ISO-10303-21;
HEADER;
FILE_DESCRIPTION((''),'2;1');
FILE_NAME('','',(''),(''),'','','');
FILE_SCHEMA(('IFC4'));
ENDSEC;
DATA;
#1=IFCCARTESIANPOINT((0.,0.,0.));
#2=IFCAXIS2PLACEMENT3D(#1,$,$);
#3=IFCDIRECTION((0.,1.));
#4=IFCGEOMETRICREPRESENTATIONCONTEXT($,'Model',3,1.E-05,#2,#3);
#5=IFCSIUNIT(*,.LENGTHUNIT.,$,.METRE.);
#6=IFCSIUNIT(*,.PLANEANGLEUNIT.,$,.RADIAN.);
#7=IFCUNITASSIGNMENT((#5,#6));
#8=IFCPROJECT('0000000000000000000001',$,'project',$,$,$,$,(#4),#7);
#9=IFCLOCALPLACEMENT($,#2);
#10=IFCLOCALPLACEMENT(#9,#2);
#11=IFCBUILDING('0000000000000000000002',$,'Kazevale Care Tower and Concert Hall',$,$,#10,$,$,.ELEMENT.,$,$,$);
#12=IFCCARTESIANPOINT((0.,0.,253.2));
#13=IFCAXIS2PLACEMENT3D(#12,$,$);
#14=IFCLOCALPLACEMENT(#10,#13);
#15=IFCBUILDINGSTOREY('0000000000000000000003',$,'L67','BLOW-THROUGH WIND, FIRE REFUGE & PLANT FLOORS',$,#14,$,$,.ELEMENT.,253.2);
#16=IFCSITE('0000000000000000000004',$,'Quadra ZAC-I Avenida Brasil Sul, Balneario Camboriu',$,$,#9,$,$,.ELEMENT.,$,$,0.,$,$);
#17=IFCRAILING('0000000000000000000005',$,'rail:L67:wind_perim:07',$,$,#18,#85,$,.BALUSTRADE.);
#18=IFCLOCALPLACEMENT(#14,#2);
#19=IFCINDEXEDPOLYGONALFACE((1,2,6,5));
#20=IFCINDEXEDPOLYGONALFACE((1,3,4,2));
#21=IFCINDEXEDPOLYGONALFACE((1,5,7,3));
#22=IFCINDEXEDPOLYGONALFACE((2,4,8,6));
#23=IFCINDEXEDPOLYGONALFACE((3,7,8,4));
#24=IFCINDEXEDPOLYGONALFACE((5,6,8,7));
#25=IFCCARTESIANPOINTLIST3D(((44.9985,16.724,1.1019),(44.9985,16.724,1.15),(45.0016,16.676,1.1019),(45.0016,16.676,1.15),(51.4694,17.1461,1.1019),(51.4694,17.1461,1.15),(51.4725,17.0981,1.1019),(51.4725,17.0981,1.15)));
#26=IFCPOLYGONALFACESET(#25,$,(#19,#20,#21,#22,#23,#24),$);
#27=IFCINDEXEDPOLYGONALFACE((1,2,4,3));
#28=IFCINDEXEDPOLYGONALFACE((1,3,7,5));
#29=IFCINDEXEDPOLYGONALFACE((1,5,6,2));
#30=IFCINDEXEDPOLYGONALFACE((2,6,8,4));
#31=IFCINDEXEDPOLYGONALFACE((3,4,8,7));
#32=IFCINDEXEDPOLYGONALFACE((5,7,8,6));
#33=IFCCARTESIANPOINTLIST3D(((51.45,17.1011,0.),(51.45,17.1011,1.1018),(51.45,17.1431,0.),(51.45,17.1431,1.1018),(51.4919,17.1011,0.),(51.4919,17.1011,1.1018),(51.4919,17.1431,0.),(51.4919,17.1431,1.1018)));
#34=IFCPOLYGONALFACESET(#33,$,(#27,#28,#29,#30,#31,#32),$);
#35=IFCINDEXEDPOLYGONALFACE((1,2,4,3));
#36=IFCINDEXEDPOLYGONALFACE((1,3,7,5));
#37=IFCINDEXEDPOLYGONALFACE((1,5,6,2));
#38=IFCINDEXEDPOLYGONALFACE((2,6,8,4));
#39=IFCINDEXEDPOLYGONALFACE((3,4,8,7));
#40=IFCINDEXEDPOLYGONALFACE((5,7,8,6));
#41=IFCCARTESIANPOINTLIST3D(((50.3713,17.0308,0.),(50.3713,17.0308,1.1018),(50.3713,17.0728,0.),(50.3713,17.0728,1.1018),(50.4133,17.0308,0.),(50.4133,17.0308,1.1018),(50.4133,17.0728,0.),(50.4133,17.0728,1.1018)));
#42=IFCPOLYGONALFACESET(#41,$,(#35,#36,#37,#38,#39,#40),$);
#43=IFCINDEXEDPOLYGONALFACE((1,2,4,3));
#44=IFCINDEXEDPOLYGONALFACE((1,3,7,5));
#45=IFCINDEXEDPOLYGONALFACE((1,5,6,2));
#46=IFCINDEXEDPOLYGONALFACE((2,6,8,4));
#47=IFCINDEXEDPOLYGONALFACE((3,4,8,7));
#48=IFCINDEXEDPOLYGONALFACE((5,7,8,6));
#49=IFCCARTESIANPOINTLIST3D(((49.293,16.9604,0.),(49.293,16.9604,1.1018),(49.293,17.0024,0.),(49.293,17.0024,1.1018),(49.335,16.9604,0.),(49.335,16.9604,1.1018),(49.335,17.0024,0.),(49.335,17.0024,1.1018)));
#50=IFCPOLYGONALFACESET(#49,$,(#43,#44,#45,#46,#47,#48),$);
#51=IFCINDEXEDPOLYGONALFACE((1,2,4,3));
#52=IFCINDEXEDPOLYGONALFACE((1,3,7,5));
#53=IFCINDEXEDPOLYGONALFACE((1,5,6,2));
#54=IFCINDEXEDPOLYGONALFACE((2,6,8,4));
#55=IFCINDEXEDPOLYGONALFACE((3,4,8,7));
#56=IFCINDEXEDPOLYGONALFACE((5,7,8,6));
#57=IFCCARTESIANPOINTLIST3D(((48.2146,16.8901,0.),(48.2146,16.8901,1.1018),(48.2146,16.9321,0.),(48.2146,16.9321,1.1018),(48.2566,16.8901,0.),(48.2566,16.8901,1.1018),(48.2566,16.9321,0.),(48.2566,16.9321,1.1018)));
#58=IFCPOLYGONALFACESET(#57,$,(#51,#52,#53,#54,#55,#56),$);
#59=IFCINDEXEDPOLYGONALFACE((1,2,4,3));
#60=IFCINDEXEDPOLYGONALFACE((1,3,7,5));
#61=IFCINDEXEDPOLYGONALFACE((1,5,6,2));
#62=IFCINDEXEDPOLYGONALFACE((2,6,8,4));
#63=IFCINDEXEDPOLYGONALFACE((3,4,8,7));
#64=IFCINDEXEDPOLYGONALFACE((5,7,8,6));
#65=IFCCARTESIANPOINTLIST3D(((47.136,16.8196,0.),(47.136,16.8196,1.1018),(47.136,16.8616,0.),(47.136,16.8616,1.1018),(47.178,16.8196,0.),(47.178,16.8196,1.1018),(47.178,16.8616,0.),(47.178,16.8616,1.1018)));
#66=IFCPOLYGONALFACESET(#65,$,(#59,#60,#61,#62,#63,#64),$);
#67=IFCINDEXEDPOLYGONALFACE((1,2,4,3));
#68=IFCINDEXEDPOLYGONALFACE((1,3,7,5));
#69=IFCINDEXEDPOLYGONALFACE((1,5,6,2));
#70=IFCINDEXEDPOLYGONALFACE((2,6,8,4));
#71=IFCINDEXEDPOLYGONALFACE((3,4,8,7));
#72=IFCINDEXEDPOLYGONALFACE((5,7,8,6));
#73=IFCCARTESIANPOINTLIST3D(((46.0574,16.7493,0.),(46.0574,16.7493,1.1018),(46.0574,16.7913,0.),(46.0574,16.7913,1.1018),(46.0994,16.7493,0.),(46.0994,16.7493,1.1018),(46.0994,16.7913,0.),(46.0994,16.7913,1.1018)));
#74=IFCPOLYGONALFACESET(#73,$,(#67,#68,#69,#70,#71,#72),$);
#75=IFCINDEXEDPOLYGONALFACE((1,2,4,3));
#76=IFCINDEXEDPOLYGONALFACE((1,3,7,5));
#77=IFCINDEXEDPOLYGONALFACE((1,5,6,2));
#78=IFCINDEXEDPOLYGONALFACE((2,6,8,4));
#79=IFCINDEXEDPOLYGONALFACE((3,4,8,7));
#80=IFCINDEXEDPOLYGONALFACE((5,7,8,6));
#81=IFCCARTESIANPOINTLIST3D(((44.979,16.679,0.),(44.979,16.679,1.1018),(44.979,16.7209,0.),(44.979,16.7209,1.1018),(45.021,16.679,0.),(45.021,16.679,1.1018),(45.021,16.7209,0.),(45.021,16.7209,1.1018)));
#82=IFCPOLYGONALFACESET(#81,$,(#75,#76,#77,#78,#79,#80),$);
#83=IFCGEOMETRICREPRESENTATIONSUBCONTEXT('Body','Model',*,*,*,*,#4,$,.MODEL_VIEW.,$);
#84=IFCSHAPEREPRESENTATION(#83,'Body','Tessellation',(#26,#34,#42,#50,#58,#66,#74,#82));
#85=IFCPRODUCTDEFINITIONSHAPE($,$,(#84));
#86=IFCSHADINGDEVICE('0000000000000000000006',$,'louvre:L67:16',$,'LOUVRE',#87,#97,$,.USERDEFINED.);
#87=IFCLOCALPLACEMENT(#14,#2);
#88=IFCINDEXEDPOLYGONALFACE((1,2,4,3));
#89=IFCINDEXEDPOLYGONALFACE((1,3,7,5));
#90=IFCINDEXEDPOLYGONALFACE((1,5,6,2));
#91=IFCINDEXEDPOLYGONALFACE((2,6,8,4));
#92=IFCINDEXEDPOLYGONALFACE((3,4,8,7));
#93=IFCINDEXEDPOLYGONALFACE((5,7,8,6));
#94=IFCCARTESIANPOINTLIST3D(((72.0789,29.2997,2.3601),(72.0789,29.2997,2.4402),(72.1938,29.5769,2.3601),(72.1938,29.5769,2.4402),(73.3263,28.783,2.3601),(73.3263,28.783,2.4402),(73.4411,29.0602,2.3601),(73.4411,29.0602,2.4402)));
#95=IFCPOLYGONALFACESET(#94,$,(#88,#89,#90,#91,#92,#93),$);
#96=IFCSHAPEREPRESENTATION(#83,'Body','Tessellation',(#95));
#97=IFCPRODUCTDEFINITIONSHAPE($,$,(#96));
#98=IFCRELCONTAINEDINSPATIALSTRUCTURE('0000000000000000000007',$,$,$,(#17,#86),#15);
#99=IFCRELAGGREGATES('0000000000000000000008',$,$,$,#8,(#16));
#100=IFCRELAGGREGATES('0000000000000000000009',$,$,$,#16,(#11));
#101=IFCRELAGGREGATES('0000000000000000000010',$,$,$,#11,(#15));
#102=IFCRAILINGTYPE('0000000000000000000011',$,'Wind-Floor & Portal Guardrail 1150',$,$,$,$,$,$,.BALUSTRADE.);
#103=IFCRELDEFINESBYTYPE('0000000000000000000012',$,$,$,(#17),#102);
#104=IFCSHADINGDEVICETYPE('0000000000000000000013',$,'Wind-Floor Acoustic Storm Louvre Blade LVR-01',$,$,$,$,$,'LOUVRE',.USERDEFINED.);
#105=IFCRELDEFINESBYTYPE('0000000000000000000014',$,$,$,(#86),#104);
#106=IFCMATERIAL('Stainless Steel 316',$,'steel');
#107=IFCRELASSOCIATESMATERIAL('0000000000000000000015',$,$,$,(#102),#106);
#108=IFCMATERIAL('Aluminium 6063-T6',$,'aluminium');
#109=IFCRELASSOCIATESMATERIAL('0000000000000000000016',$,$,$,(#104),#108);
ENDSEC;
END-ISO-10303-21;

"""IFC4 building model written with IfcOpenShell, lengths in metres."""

from ifc_helpers import new_model, si_unit, direction, frame, origin, origin_2d, place, context, subcontext, project, spatial, rectangle, extrude, material, type_object, element, save


model = new_model("IFC4")

# Units and contexts
model_context = context("Model", 3, precision=1e-05, world=origin(), true_north=direction((0.0, 1.0)))
body_context = subcontext(model_context, "Body", "Model", "MODEL_VIEW")
ifc_project = project(units=[si_unit("LENGTHUNIT", "METRE"), si_unit("PLANEANGLEUNIT", "RADIAN")], contexts=[model_context])

# Site, building, storey
site_placement = place(None, origin())
site = spatial("IfcSite", under=ifc_project, at=site_placement, Name="Quadra ZAC-I Avenida Brasil Sul, Balneario Camboriu", CompositionType="ELEMENT", RefElevation=0.0)
building_placement = place(site_placement, origin())
building = spatial("IfcBuilding", under=site, at=building_placement, Name="Kazevale Care Tower and Concert Hall", CompositionType="ELEMENT")
storey_placement = place(building_placement, frame((0.0, 0.0, 253.2)))
storey = spatial("IfcBuildingStorey", under=building, at=storey_placement, Name="L67", Description="BLOW-THROUGH WIND, FIRE REFUGE & PLANT FLOORS", CompositionType="ELEMENT", Elevation=253.2)

# Railing
ifc_material_1 = material(Name="Stainless Steel 316", Category="steel")
railing_type = type_object("IfcRailingType", Name="Wind-Floor & Portal Guardrail 1150", PredefinedType="BALUSTRADE", material=ifc_material_1)
railing_1_placement = place(storey_placement, frame((51.4709, 17.1221, 0.0)))
element("IfcRailing", 1, at=railing_1_placement, inside=storey, type_object=railing_type, Name="rail:L67:wind_perim:07", PredefinedType="BALUSTRADE", context=body_context, shape_type="SweptSolid", body=[
    extrude(rectangle(XDim=0.0481, YDim=0.0481, at=origin_2d()), frame((0.0, 0.0, 1.126), z_axis=(-0.997879, -0.065095, 0.0), x_axis=(0.065095, -0.997879, 0.0)), (0.0, 0.0, 1.0), 6.4846),
    extrude(rectangle(XDim=0.042, YDim=0.042, at=origin_2d()), origin(), (0.0, 0.0, 1.0), 1.1018),
    extrude(rectangle(XDim=0.042, YDim=0.042, at=origin_2d()), frame((-1.0786, -0.0703, 0.0)), (0.0, 0.0, 1.0), 1.1018),
    extrude(rectangle(XDim=0.042, YDim=0.042, at=origin_2d()), frame((-2.157, -0.1406, 0.0)), (0.0, 0.0, 1.0), 1.1018),
    extrude(rectangle(XDim=0.042, YDim=0.042, at=origin_2d()), frame((-3.2354, -0.2109, 0.0)), (0.0, 0.0, 1.0), 1.1018),
    extrude(rectangle(XDim=0.042, YDim=0.042, at=origin_2d()), frame((-4.314, -0.2815, 0.0)), (0.0, 0.0, 1.0), 1.1018),
    extrude(rectangle(XDim=0.042, YDim=0.042, at=origin_2d()), frame((-5.3926, -0.3518, 0.0)), (0.0, 0.0, 1.0), 1.1018),
    extrude(rectangle(XDim=0.042, YDim=0.042, at=origin_2d()), frame((-6.4709, -0.4221, 0.0)), (0.0, 0.0, 1.0), 1.1018),
])

# Shading device
ifc_material_2 = material(Name="Aluminium 6063-T6", Category="aluminium")
shading_device_type = type_object("IfcShadingDeviceType", Name="Wind-Floor Acoustic Storm Louvre Blade LVR-01", ElementType="LOUVRE", PredefinedType="USERDEFINED", material=ifc_material_2)
shading_device_placement = place(storey_placement, frame((72.76, 29.1799, 2.3601), z_axis=(0.0, 0.0, 1.0), x_axis=(0.92388, -0.382683, 0.0)))
element("IfcShadingDevice", 2, at=shading_device_placement, inside=storey, type_object=shading_device_type, Name="louvre:L67:16", ObjectType="LOUVRE", PredefinedType="USERDEFINED", context=body_context, shape_type="SweptSolid", body=[
    extrude(rectangle(XDim=1.3501, YDim=0.3, at=origin_2d()), origin(), (0.0, 0.0, 1.0), 0.0801),
])

save(model, "model.ifc")
